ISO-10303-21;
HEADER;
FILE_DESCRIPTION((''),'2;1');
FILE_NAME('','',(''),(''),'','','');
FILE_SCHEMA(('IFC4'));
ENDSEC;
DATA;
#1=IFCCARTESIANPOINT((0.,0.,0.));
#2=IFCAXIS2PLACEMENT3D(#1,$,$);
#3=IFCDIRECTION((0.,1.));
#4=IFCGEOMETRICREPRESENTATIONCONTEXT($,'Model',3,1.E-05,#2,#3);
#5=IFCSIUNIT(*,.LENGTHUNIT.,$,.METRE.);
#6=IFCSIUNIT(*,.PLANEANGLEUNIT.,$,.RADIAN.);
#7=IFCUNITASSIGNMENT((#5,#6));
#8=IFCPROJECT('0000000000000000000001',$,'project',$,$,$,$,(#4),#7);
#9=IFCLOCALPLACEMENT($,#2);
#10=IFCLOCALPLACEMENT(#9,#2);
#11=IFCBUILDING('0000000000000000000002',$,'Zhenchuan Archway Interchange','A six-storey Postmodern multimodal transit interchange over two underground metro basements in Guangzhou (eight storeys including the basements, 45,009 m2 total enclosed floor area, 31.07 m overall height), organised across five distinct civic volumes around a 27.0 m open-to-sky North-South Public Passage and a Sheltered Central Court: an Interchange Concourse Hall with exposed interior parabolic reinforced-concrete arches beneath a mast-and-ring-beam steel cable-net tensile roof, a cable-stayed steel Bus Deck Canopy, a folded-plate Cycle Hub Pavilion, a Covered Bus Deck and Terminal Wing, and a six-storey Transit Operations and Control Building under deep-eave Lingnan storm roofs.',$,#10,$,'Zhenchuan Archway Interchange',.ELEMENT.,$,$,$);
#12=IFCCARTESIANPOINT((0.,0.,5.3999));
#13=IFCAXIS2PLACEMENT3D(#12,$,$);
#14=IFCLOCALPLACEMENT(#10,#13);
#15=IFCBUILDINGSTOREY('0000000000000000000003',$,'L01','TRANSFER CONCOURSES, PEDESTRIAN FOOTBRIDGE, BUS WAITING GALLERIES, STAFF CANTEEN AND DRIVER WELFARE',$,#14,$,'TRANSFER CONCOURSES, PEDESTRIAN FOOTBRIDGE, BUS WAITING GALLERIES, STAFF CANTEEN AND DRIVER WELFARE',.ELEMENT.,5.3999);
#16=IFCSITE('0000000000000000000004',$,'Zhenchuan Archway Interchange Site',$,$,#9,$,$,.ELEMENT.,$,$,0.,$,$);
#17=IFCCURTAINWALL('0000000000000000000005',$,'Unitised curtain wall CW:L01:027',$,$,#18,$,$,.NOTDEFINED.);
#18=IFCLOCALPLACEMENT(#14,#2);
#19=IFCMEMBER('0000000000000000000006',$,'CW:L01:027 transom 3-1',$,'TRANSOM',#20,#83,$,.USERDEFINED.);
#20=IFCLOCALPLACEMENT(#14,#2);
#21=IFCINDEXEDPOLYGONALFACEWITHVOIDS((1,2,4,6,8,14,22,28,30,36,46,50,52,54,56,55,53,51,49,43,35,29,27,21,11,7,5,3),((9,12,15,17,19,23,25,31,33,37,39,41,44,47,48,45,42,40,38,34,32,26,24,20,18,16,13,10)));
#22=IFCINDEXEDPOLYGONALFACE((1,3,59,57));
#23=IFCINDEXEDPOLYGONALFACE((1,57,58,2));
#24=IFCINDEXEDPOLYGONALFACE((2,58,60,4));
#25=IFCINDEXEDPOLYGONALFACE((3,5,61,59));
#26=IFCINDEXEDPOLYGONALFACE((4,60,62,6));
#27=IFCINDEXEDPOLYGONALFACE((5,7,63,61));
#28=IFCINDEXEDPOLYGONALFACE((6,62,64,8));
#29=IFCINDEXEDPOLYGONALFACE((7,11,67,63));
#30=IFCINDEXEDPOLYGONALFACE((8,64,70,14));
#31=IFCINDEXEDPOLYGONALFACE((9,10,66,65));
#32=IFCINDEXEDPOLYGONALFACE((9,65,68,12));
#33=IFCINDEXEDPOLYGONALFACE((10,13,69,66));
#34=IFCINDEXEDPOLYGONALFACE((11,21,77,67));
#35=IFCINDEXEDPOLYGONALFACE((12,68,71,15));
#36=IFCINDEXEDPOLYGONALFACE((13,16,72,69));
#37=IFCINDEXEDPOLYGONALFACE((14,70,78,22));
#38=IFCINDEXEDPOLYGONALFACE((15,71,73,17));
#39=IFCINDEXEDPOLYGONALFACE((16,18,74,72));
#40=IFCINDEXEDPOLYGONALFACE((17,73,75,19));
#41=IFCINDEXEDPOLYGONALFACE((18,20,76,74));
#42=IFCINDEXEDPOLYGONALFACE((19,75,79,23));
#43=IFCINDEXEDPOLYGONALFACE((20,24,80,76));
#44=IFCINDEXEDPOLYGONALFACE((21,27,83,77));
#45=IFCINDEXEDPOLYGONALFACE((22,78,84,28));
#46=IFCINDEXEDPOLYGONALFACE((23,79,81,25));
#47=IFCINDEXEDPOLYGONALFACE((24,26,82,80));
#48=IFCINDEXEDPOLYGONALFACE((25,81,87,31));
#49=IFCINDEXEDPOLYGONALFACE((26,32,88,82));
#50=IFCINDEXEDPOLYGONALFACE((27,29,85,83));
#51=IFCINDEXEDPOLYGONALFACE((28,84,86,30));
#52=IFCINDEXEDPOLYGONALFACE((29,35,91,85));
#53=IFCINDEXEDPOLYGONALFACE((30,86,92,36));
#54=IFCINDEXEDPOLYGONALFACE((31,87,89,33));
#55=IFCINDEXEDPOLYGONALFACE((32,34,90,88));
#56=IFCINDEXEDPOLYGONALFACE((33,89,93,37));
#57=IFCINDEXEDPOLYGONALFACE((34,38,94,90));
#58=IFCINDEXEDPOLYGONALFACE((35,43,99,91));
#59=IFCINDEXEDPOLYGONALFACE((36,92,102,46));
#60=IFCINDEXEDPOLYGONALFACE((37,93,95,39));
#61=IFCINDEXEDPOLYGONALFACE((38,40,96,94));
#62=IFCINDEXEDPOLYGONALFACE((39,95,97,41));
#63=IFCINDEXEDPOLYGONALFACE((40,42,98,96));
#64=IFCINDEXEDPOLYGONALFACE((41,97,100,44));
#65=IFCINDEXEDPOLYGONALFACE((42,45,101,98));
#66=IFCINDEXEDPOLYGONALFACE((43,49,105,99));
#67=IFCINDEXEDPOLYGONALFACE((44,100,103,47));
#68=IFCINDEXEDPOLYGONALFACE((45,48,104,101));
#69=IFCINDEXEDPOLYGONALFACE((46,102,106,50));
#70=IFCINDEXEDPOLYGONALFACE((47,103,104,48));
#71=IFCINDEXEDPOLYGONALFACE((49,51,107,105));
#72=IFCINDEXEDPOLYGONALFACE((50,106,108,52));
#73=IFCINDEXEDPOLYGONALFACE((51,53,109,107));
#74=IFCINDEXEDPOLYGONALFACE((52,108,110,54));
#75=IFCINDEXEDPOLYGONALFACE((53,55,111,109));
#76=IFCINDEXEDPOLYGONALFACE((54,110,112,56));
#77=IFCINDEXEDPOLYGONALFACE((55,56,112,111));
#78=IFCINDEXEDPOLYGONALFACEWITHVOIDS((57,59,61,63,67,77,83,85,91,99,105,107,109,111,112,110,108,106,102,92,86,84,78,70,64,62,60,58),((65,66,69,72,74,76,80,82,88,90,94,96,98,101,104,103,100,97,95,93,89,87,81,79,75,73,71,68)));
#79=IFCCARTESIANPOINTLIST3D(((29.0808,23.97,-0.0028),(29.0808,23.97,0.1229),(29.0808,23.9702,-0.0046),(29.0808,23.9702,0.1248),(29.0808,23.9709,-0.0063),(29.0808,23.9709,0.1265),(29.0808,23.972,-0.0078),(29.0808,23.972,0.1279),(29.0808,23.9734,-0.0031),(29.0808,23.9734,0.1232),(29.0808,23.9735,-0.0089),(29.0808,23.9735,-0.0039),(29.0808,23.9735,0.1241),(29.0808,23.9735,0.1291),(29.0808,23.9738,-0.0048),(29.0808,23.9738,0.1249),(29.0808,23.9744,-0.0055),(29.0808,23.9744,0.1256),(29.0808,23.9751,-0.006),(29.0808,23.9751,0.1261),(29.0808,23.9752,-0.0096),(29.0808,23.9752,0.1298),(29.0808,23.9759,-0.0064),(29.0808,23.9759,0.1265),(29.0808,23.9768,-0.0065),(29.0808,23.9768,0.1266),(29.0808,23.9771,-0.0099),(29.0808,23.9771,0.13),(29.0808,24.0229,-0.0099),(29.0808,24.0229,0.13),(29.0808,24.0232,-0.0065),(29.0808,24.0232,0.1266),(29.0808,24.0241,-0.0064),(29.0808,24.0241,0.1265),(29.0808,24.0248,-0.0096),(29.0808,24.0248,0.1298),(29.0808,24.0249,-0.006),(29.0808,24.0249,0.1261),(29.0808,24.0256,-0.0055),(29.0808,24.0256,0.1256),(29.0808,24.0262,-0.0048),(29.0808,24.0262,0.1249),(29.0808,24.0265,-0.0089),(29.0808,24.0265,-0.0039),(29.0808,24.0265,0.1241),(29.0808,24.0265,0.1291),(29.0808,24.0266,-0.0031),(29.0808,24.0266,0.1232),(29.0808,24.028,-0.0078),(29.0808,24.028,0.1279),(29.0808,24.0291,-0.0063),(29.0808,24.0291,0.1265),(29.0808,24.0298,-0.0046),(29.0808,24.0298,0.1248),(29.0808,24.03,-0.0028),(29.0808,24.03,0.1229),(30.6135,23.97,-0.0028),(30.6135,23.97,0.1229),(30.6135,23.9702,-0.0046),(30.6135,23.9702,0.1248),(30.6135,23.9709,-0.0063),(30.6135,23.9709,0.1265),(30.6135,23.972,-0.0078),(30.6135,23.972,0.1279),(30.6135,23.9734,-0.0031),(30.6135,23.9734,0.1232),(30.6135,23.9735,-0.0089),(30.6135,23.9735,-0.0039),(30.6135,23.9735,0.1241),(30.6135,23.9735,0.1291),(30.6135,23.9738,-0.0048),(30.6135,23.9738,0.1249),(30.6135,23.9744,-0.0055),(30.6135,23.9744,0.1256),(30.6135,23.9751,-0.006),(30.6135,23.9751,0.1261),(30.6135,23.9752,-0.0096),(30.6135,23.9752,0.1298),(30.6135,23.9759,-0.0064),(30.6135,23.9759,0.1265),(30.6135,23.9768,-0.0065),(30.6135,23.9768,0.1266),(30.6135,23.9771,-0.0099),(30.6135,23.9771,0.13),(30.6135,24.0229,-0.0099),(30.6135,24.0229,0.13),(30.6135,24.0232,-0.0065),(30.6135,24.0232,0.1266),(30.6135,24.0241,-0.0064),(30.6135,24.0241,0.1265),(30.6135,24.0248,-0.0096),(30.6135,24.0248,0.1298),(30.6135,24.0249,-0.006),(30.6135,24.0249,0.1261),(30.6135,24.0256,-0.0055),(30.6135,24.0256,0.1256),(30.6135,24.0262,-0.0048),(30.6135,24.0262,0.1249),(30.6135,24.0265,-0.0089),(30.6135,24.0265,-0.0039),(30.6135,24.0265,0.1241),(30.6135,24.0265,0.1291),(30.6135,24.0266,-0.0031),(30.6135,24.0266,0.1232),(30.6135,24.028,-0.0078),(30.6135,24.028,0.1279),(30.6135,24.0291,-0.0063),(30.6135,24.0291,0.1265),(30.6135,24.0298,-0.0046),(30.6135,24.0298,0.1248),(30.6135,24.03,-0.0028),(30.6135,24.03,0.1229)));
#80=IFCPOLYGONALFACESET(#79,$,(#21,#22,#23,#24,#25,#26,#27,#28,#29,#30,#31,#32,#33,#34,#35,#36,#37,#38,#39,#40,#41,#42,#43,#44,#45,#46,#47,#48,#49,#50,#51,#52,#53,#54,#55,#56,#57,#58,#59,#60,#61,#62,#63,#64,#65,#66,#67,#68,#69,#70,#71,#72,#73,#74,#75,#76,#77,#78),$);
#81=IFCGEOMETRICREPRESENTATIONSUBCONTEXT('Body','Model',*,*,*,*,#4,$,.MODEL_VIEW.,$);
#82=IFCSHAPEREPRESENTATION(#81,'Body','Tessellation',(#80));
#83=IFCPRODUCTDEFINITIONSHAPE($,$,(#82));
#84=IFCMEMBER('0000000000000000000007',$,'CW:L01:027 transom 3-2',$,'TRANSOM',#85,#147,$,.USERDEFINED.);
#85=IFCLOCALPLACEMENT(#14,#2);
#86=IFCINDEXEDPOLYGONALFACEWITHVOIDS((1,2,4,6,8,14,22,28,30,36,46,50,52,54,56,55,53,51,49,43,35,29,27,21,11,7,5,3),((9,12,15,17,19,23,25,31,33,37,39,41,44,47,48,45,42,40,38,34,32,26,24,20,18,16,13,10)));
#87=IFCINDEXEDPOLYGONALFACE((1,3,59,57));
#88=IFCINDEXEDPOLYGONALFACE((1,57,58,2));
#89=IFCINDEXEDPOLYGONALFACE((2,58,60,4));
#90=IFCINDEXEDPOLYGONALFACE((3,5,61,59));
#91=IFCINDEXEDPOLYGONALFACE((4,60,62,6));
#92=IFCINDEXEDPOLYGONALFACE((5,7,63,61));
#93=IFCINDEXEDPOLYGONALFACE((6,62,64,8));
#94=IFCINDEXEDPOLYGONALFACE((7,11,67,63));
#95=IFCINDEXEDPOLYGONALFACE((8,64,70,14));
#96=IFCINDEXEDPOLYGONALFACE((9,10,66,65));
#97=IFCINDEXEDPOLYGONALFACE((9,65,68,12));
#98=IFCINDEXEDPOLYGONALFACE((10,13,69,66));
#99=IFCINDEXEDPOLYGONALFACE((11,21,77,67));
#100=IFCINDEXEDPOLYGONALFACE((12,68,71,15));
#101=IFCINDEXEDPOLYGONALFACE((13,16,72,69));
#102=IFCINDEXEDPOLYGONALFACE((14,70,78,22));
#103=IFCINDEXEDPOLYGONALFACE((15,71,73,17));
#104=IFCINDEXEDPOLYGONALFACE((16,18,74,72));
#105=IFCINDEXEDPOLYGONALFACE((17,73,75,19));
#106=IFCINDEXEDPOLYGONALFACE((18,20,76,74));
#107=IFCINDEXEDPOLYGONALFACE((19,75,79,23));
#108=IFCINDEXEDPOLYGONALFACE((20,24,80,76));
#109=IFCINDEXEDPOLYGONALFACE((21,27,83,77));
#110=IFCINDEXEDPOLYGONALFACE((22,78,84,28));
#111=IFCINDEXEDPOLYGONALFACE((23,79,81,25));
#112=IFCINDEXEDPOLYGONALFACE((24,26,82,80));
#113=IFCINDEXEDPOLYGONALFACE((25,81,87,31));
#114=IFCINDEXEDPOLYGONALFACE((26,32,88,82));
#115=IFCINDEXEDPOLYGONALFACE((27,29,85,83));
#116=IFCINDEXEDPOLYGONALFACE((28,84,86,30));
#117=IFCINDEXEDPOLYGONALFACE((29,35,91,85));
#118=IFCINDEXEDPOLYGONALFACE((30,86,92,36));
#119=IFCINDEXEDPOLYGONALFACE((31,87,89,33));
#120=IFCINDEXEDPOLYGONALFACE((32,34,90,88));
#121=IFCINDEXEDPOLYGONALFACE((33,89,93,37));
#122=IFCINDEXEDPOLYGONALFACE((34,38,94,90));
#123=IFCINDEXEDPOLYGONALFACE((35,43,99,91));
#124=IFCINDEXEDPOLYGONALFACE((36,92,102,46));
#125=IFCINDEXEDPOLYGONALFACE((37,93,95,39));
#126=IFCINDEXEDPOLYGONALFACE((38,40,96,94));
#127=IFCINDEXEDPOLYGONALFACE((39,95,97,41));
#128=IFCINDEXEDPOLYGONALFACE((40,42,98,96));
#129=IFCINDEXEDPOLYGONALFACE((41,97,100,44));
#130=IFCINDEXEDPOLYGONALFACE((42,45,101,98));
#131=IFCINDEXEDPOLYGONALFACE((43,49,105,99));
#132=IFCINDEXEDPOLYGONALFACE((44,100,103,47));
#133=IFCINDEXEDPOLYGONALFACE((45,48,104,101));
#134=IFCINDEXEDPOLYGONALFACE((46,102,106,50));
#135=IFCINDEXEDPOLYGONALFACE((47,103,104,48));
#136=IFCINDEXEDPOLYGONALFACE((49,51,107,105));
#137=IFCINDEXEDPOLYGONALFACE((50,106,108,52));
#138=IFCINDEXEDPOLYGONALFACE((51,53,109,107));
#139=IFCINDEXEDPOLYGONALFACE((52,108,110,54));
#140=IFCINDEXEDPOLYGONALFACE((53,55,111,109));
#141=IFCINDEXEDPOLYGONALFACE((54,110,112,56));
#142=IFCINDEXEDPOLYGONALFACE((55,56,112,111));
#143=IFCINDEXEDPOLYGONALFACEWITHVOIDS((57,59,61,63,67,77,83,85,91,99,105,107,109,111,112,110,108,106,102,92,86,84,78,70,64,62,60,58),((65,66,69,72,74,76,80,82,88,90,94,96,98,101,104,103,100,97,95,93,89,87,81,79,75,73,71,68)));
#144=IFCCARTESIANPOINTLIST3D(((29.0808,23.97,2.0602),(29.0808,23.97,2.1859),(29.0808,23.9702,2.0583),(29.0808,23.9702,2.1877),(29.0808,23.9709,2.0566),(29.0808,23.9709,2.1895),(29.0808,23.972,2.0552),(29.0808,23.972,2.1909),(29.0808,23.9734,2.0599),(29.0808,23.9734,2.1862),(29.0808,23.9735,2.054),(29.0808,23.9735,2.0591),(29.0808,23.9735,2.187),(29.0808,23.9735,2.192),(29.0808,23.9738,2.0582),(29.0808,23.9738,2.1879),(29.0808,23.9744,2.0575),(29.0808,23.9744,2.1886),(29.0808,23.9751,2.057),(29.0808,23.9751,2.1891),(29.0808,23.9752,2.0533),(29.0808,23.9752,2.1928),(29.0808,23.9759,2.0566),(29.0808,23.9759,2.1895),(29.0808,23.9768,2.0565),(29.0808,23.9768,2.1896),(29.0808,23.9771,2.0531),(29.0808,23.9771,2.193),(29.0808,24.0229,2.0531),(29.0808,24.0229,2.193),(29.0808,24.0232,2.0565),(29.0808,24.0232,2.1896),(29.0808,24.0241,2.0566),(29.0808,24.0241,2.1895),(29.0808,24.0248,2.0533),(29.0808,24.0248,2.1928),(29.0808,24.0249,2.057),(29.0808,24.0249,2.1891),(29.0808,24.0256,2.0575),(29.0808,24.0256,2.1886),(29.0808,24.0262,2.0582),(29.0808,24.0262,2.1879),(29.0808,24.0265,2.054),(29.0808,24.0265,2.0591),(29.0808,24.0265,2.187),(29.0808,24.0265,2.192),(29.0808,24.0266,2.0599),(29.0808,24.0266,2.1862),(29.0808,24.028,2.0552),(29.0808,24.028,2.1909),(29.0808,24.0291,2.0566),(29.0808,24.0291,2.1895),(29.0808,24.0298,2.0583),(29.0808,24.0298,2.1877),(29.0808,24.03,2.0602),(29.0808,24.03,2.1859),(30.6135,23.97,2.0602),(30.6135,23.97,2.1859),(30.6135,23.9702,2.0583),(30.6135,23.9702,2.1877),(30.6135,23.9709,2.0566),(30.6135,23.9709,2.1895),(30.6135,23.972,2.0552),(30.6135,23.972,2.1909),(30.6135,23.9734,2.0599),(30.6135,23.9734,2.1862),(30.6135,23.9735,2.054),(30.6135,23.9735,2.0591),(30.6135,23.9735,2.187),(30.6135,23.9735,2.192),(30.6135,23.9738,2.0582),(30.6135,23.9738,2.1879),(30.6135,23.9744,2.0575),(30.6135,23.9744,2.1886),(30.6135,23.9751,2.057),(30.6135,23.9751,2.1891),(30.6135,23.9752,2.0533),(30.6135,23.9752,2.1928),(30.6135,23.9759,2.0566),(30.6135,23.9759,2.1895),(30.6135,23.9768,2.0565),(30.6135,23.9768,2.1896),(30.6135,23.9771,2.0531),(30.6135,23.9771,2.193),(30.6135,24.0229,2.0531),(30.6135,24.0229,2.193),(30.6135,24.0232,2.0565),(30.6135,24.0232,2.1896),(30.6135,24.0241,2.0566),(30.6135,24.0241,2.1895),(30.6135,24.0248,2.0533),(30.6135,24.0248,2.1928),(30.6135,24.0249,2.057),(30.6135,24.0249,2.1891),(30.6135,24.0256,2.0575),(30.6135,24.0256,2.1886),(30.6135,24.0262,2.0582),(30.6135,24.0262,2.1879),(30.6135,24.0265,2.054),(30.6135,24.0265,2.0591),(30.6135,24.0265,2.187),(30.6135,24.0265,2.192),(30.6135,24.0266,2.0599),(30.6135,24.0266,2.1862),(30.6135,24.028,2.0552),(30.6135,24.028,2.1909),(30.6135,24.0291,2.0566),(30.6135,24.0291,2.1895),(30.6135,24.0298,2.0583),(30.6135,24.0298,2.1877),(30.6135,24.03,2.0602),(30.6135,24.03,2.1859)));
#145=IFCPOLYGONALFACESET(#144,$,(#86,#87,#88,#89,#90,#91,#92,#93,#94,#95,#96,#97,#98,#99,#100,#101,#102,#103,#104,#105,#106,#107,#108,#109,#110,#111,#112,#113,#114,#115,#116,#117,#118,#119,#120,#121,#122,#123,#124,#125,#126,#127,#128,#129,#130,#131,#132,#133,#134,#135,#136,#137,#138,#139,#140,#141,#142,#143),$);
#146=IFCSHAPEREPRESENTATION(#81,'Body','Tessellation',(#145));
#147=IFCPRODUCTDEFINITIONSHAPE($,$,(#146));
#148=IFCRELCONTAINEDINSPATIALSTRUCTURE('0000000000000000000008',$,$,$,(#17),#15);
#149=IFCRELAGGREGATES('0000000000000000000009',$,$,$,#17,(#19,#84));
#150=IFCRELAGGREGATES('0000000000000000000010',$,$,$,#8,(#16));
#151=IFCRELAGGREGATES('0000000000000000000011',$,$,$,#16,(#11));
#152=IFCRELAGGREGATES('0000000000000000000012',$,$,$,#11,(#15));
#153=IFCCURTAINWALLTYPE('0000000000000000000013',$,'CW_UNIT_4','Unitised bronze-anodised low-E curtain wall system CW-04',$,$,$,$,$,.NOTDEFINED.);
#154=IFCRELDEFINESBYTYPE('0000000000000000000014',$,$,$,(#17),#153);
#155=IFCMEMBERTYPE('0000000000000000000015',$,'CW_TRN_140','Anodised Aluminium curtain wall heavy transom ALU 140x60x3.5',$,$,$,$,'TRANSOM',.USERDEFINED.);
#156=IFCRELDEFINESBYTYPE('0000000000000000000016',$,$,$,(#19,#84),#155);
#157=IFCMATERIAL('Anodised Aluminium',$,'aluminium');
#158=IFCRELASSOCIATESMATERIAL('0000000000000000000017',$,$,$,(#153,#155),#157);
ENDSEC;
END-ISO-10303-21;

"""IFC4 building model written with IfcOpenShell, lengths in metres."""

from ifc_helpers import new_model, si_unit, direction, frame, origin, origin_2d, place, context, subcontext, project, spatial, hollow_rectangle, extrude, material, material_profile, profile_set, type_object, element, aggregate, save


model = new_model("IFC4")

# Units and contexts
model_context = context("Model", 3, precision=1e-05, world=origin(), true_north=direction((0.0, 1.0)))
body_context = subcontext(model_context, "Body", "Model", "MODEL_VIEW")
ifc_project = project(units=[si_unit("LENGTHUNIT", "METRE"), si_unit("PLANEANGLEUNIT", "RADIAN")], contexts=[model_context])

# Site, building, storey
site_placement = place(None, origin())
site = spatial("IfcSite", under=ifc_project, at=site_placement, Name="Zhenchuan Archway Interchange Site", CompositionType="ELEMENT", RefElevation=0.0)
building_placement = place(site_placement, origin())
building = spatial("IfcBuilding", under=site, at=building_placement, Name="Zhenchuan Archway Interchange", Description="A six-storey Postmodern multimodal transit interchange over two underground metro basements in Guangzhou (eight storeys including the basements, 45,009 m2 total enclosed floor area, 31.07 m overall height), organised across five distinct civic volumes around a 27.0 m open-to-sky North-South Public Passage and a Sheltered Central Court: an Interchange Concourse Hall with exposed interior parabolic reinforced-concrete arches beneath a mast-and-ring-beam steel cable-net tensile roof, a cable-stayed steel Bus Deck Canopy, a folded-plate Cycle Hub Pavilion, a Covered Bus Deck and Terminal Wing, and a six-storey Transit Operations and Control Building under deep-eave Lingnan storm roofs.", LongName="Zhenchuan Archway Interchange", CompositionType="ELEMENT")
storey_placement = place(building_placement, frame((0.0, 0.0, 5.3999)))
storey = spatial("IfcBuildingStorey", under=building, at=storey_placement, Name="L01", Description="TRANSFER CONCOURSES, PEDESTRIAN FOOTBRIDGE, BUS WAITING GALLERIES, STAFF CANTEEN AND DRIVER WELFARE", LongName="TRANSFER CONCOURSES, PEDESTRIAN FOOTBRIDGE, BUS WAITING GALLERIES, STAFF CANTEEN AND DRIVER WELFARE", CompositionType="ELEMENT", Elevation=5.3999)

# Curtain wall, members
ifc_material_1 = material(Name="Anodised Aluminium", Category="aluminium")
curtain_wall_type = type_object("IfcCurtainWallType", Name="CW_UNIT_4", Description="Unitised bronze-anodised low-E curtain wall system CW-04", PredefinedType="NOTDEFINED", material=ifc_material_1)
curtain_wall_placement = place(storey_placement, origin())
curtain_wall = element("IfcCurtainWall", 1, at=curtain_wall_placement, inside=storey, type_object=curtain_wall_type, Name="Unitised curtain wall CW:L01:027", PredefinedType="NOTDEFINED")
ifc_material_profile_1 = material_profile(ifc_material_1, hollow_rectangle(XDim=0.0601, YDim=0.1399, WallThickness=0.0034, InnerFilletRadius=0.0034, OuterFilletRadius=0.0071, at=origin_2d()), Name="ALU 140x60x3.5")
ifc_profile_set_1 = profile_set([ifc_material_profile_1], Name="Anodised Aluminium")
member_type_1 = type_object("IfcMemberType", Name="CW_TRN_140", Description="Anodised Aluminium curtain wall heavy transom ALU 140x60x3.5", ElementType="TRANSOM", PredefinedType="USERDEFINED", material=ifc_profile_set_1)
member_1_placement = place(storey_placement, frame((30.6135, 24.0, 0.0601), z_axis=(-1.0, 0.0, 0.0), x_axis=(0.0, -1.0, 0.0)))
member_1 = element("IfcMember", 2, at=member_1_placement, type_object=member_type_1, Name="CW:L01:027 transom 3-1", ObjectType="TRANSOM", PredefinedType="USERDEFINED", context=body_context, shape_type="SweptSolid", body=[
    extrude(hollow_rectangle(XDim=0.0601, YDim=0.1399, WallThickness=0.0034, InnerFilletRadius=0.0034, OuterFilletRadius=0.0071, at=origin_2d()), origin(), (0.0, 0.0, 1.0), 1.5327),
])
member_2_placement = place(storey_placement, frame((30.6135, 24.0, 2.123), z_axis=(-1.0, 0.0, 0.0), x_axis=(0.0, -1.0, 0.0)))
member_2 = element("IfcMember", 3, at=member_2_placement, type_object=member_type_1, Name="CW:L01:027 transom 3-2", ObjectType="TRANSOM", PredefinedType="USERDEFINED", context=body_context, shape_type="SweptSolid", body=[
    extrude(hollow_rectangle(XDim=0.0601, YDim=0.1399, WallThickness=0.0034, InnerFilletRadius=0.0034, OuterFilletRadius=0.0071, at=origin_2d()), origin(), (0.0, 0.0, 1.0), 1.5327),
])

aggregate(curtain_wall, [member_1, member_2])

save(model, "model.ifc")
